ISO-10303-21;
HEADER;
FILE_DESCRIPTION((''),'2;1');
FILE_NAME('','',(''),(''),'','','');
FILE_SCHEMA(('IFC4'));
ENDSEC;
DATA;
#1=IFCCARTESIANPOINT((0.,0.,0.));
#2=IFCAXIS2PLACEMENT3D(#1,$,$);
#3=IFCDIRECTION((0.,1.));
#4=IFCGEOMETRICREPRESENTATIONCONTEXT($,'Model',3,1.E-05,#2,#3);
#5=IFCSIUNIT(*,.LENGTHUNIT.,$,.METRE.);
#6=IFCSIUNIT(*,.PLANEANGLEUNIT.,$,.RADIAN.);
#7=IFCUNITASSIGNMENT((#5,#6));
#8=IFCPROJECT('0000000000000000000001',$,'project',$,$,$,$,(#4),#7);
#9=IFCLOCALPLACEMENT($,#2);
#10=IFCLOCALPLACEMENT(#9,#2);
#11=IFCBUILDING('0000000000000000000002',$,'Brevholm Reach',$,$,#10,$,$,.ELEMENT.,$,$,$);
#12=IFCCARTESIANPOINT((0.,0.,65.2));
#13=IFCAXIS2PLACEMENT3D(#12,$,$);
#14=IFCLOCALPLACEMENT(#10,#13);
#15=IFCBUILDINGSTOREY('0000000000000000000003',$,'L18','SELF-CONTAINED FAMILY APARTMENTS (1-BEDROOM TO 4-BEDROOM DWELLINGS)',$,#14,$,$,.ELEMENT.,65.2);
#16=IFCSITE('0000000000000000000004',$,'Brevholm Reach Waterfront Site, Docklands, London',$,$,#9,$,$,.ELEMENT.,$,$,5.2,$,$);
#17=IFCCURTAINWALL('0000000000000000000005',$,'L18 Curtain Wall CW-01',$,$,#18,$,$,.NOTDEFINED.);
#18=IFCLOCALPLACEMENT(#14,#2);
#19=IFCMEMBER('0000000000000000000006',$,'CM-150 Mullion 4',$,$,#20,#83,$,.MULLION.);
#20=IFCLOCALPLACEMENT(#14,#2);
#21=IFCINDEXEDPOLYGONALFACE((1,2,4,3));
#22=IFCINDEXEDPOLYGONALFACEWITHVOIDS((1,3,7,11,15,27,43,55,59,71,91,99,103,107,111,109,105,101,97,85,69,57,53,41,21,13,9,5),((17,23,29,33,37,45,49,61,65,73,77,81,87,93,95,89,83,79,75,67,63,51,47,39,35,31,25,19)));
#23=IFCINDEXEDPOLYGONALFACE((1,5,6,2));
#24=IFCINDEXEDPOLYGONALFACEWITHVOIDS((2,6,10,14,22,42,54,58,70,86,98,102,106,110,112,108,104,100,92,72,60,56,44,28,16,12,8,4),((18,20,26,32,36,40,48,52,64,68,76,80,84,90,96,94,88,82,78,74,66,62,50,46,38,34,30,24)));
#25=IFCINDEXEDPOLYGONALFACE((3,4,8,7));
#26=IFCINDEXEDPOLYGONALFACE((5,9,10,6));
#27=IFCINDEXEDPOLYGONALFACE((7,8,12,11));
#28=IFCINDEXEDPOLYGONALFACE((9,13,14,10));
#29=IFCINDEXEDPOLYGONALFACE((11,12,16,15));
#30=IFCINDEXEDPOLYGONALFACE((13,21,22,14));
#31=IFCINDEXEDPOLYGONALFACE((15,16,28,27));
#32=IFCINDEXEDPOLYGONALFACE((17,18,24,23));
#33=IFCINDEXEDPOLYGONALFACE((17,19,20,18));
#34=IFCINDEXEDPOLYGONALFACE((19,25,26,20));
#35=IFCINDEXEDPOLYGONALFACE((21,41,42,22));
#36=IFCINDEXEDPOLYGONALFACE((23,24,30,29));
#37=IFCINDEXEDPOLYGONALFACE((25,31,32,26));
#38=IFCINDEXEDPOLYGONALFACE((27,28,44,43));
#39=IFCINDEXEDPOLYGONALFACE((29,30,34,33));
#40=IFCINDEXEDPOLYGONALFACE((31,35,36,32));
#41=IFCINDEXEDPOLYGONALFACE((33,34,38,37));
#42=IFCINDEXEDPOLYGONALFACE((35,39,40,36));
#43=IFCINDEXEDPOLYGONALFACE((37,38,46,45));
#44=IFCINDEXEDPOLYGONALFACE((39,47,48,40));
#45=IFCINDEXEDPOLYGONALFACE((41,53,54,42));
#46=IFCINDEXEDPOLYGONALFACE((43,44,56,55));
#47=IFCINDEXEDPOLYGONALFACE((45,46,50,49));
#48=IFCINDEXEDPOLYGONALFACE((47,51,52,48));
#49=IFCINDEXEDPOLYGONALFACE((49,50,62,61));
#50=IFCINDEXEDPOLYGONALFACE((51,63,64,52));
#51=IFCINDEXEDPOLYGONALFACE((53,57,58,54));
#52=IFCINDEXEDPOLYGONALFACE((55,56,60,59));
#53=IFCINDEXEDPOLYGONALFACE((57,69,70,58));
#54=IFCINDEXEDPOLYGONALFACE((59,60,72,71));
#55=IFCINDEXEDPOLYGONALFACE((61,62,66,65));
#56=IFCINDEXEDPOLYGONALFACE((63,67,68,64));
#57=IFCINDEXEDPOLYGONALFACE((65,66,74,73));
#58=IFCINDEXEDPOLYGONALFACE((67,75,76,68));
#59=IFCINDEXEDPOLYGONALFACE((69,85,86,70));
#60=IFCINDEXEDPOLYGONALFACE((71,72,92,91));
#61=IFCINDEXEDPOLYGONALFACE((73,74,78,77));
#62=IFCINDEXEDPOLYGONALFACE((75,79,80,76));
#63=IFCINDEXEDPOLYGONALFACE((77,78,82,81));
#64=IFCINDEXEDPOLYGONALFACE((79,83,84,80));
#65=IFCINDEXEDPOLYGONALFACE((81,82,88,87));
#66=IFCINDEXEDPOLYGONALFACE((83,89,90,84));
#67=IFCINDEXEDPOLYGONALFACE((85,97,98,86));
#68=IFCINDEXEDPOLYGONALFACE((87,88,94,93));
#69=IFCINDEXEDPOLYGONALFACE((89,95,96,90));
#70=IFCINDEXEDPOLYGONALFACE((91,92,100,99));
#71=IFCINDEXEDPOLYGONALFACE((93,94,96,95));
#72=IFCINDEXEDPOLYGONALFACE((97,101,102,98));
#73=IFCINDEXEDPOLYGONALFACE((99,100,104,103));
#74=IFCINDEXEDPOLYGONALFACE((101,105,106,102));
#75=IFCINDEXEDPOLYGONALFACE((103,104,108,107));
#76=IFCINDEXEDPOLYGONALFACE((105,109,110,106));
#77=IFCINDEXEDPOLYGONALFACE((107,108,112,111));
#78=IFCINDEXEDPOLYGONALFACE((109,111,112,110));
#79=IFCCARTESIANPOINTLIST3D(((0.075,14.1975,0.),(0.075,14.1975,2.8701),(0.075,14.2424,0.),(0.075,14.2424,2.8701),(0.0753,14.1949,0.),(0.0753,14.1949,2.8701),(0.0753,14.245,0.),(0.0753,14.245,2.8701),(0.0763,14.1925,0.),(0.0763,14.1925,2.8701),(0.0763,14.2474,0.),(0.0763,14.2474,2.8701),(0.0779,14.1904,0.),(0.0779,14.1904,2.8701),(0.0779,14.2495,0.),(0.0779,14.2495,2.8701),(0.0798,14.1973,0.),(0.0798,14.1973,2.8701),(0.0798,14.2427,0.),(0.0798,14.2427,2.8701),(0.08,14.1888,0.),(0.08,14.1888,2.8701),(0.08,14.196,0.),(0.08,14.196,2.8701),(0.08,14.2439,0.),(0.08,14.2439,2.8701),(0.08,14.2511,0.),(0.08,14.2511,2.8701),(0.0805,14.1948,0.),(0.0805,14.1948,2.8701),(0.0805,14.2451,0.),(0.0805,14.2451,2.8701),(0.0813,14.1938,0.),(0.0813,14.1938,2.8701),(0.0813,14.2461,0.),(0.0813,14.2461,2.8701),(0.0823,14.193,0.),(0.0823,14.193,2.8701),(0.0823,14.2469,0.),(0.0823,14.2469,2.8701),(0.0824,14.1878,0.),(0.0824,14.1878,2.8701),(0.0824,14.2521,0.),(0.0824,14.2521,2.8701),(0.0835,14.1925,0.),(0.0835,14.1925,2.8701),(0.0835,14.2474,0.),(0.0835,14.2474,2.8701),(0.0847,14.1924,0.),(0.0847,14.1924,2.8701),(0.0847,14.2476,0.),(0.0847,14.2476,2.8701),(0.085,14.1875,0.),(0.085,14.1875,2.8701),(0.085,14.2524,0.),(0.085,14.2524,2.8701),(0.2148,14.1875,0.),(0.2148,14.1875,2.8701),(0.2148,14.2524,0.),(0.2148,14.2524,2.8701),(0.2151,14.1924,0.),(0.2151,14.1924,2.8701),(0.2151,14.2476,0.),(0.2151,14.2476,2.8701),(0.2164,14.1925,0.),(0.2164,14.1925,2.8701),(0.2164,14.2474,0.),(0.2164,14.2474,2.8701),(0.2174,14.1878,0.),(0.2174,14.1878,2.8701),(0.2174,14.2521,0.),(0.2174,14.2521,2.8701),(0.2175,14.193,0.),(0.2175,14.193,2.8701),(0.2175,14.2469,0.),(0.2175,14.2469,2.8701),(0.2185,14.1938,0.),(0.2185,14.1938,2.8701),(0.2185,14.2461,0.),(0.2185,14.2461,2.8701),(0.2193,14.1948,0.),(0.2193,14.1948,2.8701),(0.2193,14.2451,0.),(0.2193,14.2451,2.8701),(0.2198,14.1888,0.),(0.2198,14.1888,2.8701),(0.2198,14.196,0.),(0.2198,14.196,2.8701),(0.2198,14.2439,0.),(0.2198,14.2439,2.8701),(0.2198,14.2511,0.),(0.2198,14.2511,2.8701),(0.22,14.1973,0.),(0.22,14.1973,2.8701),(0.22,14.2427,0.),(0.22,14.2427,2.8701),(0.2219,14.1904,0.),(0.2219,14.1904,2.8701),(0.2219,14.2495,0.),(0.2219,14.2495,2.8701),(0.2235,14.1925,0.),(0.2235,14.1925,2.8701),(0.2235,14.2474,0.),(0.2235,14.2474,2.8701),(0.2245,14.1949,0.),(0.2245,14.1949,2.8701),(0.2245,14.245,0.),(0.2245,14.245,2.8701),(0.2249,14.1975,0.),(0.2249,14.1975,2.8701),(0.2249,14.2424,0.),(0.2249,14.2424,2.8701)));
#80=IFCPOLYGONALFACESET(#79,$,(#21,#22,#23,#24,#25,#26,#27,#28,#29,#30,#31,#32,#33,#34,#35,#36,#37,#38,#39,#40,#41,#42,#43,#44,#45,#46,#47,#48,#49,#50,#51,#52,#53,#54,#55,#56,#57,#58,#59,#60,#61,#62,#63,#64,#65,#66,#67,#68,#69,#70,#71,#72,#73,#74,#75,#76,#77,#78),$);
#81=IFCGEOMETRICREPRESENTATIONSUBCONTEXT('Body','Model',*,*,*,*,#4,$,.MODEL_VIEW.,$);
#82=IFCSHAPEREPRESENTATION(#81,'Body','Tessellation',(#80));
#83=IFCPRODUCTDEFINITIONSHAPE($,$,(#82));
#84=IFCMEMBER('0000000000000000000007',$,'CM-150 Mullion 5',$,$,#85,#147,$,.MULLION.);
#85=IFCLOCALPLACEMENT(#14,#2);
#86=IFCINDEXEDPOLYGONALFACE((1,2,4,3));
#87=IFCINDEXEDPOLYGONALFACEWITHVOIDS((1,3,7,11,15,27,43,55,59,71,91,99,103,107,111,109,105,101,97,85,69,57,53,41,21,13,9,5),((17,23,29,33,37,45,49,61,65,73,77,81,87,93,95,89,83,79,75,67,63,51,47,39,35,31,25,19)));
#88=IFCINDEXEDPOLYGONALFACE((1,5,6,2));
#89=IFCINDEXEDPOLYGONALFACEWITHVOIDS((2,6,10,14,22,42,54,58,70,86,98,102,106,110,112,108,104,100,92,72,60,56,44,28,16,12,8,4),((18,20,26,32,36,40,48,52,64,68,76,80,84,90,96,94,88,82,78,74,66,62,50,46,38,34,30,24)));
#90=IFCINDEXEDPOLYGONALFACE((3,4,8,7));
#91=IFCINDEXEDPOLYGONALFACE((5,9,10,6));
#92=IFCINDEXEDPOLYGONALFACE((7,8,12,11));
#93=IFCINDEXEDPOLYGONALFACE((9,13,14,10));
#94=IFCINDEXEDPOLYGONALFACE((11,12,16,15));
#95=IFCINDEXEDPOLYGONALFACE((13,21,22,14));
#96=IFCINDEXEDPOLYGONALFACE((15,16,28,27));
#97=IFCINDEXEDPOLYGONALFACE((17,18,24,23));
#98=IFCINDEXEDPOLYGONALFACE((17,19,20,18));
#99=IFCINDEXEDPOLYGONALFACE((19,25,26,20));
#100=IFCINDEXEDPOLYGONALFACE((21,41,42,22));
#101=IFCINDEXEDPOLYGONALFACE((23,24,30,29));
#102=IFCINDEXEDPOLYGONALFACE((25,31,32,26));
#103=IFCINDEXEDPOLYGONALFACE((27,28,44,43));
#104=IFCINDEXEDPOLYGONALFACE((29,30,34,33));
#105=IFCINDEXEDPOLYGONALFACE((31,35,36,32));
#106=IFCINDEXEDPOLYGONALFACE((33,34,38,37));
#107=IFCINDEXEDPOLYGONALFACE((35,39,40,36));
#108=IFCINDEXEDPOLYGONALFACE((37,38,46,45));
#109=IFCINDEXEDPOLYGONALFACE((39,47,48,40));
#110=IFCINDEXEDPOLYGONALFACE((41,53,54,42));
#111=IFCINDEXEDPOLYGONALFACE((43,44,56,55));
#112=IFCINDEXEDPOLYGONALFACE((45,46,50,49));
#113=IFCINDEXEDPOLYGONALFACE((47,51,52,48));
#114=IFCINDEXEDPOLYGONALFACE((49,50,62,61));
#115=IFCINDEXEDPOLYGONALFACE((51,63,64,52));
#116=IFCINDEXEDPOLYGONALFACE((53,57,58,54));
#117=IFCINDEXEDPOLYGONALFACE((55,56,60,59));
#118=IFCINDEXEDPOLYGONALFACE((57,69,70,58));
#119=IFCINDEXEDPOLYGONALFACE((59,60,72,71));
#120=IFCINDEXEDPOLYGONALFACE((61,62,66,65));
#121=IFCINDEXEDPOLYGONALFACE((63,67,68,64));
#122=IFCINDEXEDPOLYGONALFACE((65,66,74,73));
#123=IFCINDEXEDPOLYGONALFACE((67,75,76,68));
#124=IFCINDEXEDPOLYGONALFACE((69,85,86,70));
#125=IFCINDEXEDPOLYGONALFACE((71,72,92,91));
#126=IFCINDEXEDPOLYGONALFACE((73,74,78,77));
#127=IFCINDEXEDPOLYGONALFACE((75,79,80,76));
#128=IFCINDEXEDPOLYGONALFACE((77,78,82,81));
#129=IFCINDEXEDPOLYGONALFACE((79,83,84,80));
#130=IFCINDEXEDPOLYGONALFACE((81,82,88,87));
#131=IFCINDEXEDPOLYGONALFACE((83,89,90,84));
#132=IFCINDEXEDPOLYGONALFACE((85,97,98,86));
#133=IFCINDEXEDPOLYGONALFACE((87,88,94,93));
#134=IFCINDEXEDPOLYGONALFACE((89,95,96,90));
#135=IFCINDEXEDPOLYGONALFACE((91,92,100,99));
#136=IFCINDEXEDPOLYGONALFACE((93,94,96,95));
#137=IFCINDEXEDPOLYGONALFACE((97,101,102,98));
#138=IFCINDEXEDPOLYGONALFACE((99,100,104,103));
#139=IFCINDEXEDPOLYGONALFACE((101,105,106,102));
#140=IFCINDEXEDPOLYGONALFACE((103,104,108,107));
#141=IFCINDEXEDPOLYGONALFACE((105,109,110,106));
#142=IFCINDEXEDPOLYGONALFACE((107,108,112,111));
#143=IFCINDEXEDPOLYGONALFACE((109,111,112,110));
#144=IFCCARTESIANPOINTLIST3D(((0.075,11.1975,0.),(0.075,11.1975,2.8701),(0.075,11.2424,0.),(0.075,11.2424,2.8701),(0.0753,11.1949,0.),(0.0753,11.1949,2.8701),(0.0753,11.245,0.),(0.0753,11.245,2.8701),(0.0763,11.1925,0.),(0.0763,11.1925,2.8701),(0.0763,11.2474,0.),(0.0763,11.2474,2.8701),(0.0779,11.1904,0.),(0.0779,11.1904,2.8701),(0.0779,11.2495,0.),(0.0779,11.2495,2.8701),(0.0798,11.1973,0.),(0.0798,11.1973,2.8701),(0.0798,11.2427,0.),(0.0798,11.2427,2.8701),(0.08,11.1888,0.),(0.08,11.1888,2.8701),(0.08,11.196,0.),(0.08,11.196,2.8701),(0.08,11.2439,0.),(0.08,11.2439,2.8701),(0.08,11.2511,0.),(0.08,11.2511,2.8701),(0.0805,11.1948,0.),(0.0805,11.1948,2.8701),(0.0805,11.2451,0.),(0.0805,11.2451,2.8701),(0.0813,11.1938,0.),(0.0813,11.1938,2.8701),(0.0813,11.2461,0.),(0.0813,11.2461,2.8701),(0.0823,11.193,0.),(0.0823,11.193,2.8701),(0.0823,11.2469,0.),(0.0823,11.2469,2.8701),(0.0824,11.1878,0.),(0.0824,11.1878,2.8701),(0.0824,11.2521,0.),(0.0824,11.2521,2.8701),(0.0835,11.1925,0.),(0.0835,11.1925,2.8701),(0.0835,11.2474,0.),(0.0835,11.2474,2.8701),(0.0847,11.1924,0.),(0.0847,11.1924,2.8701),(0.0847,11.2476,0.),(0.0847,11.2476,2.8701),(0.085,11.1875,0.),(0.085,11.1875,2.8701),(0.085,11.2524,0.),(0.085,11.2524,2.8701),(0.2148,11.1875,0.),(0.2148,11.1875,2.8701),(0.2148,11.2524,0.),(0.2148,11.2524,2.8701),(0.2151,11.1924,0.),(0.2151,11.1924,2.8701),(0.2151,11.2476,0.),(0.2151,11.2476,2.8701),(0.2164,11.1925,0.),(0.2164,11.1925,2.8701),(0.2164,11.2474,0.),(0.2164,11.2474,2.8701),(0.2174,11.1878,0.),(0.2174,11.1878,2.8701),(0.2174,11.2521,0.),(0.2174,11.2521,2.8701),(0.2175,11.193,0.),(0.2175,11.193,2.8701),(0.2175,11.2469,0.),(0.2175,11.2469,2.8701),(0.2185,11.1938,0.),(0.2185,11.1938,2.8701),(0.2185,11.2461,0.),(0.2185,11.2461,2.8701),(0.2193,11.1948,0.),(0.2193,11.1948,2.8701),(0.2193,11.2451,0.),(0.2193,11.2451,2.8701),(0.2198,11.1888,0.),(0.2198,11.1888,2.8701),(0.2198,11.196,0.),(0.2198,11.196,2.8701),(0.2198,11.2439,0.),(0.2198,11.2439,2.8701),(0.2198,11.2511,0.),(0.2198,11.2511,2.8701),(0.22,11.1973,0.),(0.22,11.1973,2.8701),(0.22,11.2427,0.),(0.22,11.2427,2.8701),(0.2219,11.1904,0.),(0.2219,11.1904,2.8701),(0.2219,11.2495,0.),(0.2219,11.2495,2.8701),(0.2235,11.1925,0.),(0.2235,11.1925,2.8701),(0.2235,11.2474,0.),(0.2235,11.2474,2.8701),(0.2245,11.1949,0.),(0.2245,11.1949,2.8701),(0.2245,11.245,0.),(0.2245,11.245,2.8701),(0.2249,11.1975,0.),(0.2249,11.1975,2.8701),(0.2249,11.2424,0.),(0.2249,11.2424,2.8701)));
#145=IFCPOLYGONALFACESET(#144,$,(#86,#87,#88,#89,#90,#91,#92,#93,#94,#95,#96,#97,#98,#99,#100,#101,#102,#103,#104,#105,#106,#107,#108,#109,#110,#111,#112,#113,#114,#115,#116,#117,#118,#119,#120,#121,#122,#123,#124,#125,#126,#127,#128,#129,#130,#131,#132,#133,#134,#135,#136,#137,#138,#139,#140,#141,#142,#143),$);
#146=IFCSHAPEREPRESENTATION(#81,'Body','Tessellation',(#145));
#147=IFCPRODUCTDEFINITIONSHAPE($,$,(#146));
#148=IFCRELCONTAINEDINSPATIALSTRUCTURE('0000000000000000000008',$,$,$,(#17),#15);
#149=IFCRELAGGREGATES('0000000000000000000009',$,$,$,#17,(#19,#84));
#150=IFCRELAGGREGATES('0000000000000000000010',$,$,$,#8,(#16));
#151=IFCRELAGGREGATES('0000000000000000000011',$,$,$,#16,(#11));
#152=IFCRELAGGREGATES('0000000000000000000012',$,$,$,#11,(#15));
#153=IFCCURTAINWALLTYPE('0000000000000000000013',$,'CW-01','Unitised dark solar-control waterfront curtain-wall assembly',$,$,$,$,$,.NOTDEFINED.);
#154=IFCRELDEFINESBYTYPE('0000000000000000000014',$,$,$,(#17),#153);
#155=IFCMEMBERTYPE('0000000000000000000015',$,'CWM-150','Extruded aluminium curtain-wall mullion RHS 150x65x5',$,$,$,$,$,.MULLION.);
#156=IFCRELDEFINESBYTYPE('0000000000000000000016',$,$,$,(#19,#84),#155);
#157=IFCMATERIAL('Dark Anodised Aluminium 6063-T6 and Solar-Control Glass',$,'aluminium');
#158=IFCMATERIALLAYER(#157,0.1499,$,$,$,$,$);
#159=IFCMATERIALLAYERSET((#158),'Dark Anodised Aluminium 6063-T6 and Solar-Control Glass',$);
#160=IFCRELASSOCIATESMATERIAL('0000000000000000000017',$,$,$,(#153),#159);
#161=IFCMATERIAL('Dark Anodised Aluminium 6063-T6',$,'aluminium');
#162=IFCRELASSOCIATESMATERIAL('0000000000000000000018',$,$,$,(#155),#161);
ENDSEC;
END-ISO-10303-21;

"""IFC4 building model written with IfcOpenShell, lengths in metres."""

from ifc_helpers import new_model, si_unit, direction, frame, origin, origin_2d, place, context, subcontext, project, spatial, hollow_rectangle, extrude, material, layer, layer_set, material_profile, profile_set, type_object, element, aggregate, save


model = new_model("IFC4")

# Units and contexts
model_context = context("Model", 3, precision=1e-05, world=origin(), true_north=direction((0.0, 1.0)))
body_context = subcontext(model_context, "Body", "Model", "MODEL_VIEW")
ifc_project = project(units=[si_unit("LENGTHUNIT", "METRE"), si_unit("PLANEANGLEUNIT", "RADIAN")], contexts=[model_context])

# Site, building, storey
site_placement = place(None, origin())
site = spatial("IfcSite", under=ifc_project, at=site_placement, Name="Brevholm Reach Waterfront Site, Docklands, London", CompositionType="ELEMENT", RefElevation=5.2)
building_placement = place(site_placement, origin())
building = spatial("IfcBuilding", under=site, at=building_placement, Name="Brevholm Reach", CompositionType="ELEMENT")
storey_placement = place(building_placement, frame((0.0, 0.0, 65.2)))
storey = spatial("IfcBuildingStorey", under=building, at=storey_placement, Name="L18", Description="SELF-CONTAINED FAMILY APARTMENTS (1-BEDROOM TO 4-BEDROOM DWELLINGS)", CompositionType="ELEMENT", Elevation=65.2)

# Curtain wall, members
ifc_material_1 = material(Name="Dark Anodised Aluminium 6063-T6 and Solar-Control Glass", Category="aluminium")
ifc_layer_1 = layer(ifc_material_1, 0.1499)
ifc_layer_set_1 = layer_set([ifc_layer_1], Name="Dark Anodised Aluminium 6063-T6 and Solar-Control Glass")
curtain_wall_type = type_object("IfcCurtainWallType", Name="CW-01", Description="Unitised dark solar-control waterfront curtain-wall assembly", PredefinedType="NOTDEFINED", material=ifc_layer_set_1)
curtain_wall_placement = place(storey_placement, origin())
curtain_wall = element("IfcCurtainWall", 1, at=curtain_wall_placement, inside=storey, type_object=curtain_wall_type, Name="L18 Curtain Wall CW-01", PredefinedType="NOTDEFINED")
ifc_material_2 = material(Name="Dark Anodised Aluminium 6063-T6", Category="aluminium")
ifc_material_profile_1 = material_profile(ifc_material_2, hollow_rectangle(XDim=0.0649, YDim=0.1499, WallThickness=0.0049, InnerFilletRadius=0.0049, OuterFilletRadius=0.01, at=origin_2d()), Name="RHS 150x65x5")
ifc_profile_set_1 = profile_set([ifc_material_profile_1], Name="Dark Anodised Aluminium 6063-T6")
member_type_1 = type_object("IfcMemberType", Name="CWM-150", Description="Extruded aluminium curtain-wall mullion RHS 150x65x5", PredefinedType="MULLION", material=ifc_profile_set_1)
member_1_placement = place(storey_placement, frame((0.1499, 14.22, 0.0), z_axis=(0.0, 0.0, 1.0), x_axis=(0.0, -1.0, 0.0)))
member_1 = element("IfcMember", 2, at=member_1_placement, type_object=member_type_1, Name="CM-150 Mullion 4", PredefinedType="MULLION", context=body_context, shape_type="SweptSolid", body=[
    extrude(hollow_rectangle(XDim=0.0649, YDim=0.1499, WallThickness=0.0049, InnerFilletRadius=0.0049, OuterFilletRadius=0.01, at=origin_2d()), origin(), (0.0, 0.0, 1.0), 2.8701),
])
member_2_placement = place(storey_placement, frame((0.1499, 11.22, 0.0), z_axis=(0.0, 0.0, 1.0), x_axis=(0.0, -1.0, 0.0)))
member_2 = element("IfcMember", 3, at=member_2_placement, type_object=member_type_1, Name="CM-150 Mullion 5", PredefinedType="MULLION", context=body_context, shape_type="SweptSolid", body=[
    extrude(hollow_rectangle(XDim=0.0649, YDim=0.1499, WallThickness=0.0049, InnerFilletRadius=0.0049, OuterFilletRadius=0.01, at=origin_2d()), origin(), (0.0, 0.0, 1.0), 2.8701),
])
aggregate(curtain_wall, [member_1, member_2])

save(model, "model.ifc")
